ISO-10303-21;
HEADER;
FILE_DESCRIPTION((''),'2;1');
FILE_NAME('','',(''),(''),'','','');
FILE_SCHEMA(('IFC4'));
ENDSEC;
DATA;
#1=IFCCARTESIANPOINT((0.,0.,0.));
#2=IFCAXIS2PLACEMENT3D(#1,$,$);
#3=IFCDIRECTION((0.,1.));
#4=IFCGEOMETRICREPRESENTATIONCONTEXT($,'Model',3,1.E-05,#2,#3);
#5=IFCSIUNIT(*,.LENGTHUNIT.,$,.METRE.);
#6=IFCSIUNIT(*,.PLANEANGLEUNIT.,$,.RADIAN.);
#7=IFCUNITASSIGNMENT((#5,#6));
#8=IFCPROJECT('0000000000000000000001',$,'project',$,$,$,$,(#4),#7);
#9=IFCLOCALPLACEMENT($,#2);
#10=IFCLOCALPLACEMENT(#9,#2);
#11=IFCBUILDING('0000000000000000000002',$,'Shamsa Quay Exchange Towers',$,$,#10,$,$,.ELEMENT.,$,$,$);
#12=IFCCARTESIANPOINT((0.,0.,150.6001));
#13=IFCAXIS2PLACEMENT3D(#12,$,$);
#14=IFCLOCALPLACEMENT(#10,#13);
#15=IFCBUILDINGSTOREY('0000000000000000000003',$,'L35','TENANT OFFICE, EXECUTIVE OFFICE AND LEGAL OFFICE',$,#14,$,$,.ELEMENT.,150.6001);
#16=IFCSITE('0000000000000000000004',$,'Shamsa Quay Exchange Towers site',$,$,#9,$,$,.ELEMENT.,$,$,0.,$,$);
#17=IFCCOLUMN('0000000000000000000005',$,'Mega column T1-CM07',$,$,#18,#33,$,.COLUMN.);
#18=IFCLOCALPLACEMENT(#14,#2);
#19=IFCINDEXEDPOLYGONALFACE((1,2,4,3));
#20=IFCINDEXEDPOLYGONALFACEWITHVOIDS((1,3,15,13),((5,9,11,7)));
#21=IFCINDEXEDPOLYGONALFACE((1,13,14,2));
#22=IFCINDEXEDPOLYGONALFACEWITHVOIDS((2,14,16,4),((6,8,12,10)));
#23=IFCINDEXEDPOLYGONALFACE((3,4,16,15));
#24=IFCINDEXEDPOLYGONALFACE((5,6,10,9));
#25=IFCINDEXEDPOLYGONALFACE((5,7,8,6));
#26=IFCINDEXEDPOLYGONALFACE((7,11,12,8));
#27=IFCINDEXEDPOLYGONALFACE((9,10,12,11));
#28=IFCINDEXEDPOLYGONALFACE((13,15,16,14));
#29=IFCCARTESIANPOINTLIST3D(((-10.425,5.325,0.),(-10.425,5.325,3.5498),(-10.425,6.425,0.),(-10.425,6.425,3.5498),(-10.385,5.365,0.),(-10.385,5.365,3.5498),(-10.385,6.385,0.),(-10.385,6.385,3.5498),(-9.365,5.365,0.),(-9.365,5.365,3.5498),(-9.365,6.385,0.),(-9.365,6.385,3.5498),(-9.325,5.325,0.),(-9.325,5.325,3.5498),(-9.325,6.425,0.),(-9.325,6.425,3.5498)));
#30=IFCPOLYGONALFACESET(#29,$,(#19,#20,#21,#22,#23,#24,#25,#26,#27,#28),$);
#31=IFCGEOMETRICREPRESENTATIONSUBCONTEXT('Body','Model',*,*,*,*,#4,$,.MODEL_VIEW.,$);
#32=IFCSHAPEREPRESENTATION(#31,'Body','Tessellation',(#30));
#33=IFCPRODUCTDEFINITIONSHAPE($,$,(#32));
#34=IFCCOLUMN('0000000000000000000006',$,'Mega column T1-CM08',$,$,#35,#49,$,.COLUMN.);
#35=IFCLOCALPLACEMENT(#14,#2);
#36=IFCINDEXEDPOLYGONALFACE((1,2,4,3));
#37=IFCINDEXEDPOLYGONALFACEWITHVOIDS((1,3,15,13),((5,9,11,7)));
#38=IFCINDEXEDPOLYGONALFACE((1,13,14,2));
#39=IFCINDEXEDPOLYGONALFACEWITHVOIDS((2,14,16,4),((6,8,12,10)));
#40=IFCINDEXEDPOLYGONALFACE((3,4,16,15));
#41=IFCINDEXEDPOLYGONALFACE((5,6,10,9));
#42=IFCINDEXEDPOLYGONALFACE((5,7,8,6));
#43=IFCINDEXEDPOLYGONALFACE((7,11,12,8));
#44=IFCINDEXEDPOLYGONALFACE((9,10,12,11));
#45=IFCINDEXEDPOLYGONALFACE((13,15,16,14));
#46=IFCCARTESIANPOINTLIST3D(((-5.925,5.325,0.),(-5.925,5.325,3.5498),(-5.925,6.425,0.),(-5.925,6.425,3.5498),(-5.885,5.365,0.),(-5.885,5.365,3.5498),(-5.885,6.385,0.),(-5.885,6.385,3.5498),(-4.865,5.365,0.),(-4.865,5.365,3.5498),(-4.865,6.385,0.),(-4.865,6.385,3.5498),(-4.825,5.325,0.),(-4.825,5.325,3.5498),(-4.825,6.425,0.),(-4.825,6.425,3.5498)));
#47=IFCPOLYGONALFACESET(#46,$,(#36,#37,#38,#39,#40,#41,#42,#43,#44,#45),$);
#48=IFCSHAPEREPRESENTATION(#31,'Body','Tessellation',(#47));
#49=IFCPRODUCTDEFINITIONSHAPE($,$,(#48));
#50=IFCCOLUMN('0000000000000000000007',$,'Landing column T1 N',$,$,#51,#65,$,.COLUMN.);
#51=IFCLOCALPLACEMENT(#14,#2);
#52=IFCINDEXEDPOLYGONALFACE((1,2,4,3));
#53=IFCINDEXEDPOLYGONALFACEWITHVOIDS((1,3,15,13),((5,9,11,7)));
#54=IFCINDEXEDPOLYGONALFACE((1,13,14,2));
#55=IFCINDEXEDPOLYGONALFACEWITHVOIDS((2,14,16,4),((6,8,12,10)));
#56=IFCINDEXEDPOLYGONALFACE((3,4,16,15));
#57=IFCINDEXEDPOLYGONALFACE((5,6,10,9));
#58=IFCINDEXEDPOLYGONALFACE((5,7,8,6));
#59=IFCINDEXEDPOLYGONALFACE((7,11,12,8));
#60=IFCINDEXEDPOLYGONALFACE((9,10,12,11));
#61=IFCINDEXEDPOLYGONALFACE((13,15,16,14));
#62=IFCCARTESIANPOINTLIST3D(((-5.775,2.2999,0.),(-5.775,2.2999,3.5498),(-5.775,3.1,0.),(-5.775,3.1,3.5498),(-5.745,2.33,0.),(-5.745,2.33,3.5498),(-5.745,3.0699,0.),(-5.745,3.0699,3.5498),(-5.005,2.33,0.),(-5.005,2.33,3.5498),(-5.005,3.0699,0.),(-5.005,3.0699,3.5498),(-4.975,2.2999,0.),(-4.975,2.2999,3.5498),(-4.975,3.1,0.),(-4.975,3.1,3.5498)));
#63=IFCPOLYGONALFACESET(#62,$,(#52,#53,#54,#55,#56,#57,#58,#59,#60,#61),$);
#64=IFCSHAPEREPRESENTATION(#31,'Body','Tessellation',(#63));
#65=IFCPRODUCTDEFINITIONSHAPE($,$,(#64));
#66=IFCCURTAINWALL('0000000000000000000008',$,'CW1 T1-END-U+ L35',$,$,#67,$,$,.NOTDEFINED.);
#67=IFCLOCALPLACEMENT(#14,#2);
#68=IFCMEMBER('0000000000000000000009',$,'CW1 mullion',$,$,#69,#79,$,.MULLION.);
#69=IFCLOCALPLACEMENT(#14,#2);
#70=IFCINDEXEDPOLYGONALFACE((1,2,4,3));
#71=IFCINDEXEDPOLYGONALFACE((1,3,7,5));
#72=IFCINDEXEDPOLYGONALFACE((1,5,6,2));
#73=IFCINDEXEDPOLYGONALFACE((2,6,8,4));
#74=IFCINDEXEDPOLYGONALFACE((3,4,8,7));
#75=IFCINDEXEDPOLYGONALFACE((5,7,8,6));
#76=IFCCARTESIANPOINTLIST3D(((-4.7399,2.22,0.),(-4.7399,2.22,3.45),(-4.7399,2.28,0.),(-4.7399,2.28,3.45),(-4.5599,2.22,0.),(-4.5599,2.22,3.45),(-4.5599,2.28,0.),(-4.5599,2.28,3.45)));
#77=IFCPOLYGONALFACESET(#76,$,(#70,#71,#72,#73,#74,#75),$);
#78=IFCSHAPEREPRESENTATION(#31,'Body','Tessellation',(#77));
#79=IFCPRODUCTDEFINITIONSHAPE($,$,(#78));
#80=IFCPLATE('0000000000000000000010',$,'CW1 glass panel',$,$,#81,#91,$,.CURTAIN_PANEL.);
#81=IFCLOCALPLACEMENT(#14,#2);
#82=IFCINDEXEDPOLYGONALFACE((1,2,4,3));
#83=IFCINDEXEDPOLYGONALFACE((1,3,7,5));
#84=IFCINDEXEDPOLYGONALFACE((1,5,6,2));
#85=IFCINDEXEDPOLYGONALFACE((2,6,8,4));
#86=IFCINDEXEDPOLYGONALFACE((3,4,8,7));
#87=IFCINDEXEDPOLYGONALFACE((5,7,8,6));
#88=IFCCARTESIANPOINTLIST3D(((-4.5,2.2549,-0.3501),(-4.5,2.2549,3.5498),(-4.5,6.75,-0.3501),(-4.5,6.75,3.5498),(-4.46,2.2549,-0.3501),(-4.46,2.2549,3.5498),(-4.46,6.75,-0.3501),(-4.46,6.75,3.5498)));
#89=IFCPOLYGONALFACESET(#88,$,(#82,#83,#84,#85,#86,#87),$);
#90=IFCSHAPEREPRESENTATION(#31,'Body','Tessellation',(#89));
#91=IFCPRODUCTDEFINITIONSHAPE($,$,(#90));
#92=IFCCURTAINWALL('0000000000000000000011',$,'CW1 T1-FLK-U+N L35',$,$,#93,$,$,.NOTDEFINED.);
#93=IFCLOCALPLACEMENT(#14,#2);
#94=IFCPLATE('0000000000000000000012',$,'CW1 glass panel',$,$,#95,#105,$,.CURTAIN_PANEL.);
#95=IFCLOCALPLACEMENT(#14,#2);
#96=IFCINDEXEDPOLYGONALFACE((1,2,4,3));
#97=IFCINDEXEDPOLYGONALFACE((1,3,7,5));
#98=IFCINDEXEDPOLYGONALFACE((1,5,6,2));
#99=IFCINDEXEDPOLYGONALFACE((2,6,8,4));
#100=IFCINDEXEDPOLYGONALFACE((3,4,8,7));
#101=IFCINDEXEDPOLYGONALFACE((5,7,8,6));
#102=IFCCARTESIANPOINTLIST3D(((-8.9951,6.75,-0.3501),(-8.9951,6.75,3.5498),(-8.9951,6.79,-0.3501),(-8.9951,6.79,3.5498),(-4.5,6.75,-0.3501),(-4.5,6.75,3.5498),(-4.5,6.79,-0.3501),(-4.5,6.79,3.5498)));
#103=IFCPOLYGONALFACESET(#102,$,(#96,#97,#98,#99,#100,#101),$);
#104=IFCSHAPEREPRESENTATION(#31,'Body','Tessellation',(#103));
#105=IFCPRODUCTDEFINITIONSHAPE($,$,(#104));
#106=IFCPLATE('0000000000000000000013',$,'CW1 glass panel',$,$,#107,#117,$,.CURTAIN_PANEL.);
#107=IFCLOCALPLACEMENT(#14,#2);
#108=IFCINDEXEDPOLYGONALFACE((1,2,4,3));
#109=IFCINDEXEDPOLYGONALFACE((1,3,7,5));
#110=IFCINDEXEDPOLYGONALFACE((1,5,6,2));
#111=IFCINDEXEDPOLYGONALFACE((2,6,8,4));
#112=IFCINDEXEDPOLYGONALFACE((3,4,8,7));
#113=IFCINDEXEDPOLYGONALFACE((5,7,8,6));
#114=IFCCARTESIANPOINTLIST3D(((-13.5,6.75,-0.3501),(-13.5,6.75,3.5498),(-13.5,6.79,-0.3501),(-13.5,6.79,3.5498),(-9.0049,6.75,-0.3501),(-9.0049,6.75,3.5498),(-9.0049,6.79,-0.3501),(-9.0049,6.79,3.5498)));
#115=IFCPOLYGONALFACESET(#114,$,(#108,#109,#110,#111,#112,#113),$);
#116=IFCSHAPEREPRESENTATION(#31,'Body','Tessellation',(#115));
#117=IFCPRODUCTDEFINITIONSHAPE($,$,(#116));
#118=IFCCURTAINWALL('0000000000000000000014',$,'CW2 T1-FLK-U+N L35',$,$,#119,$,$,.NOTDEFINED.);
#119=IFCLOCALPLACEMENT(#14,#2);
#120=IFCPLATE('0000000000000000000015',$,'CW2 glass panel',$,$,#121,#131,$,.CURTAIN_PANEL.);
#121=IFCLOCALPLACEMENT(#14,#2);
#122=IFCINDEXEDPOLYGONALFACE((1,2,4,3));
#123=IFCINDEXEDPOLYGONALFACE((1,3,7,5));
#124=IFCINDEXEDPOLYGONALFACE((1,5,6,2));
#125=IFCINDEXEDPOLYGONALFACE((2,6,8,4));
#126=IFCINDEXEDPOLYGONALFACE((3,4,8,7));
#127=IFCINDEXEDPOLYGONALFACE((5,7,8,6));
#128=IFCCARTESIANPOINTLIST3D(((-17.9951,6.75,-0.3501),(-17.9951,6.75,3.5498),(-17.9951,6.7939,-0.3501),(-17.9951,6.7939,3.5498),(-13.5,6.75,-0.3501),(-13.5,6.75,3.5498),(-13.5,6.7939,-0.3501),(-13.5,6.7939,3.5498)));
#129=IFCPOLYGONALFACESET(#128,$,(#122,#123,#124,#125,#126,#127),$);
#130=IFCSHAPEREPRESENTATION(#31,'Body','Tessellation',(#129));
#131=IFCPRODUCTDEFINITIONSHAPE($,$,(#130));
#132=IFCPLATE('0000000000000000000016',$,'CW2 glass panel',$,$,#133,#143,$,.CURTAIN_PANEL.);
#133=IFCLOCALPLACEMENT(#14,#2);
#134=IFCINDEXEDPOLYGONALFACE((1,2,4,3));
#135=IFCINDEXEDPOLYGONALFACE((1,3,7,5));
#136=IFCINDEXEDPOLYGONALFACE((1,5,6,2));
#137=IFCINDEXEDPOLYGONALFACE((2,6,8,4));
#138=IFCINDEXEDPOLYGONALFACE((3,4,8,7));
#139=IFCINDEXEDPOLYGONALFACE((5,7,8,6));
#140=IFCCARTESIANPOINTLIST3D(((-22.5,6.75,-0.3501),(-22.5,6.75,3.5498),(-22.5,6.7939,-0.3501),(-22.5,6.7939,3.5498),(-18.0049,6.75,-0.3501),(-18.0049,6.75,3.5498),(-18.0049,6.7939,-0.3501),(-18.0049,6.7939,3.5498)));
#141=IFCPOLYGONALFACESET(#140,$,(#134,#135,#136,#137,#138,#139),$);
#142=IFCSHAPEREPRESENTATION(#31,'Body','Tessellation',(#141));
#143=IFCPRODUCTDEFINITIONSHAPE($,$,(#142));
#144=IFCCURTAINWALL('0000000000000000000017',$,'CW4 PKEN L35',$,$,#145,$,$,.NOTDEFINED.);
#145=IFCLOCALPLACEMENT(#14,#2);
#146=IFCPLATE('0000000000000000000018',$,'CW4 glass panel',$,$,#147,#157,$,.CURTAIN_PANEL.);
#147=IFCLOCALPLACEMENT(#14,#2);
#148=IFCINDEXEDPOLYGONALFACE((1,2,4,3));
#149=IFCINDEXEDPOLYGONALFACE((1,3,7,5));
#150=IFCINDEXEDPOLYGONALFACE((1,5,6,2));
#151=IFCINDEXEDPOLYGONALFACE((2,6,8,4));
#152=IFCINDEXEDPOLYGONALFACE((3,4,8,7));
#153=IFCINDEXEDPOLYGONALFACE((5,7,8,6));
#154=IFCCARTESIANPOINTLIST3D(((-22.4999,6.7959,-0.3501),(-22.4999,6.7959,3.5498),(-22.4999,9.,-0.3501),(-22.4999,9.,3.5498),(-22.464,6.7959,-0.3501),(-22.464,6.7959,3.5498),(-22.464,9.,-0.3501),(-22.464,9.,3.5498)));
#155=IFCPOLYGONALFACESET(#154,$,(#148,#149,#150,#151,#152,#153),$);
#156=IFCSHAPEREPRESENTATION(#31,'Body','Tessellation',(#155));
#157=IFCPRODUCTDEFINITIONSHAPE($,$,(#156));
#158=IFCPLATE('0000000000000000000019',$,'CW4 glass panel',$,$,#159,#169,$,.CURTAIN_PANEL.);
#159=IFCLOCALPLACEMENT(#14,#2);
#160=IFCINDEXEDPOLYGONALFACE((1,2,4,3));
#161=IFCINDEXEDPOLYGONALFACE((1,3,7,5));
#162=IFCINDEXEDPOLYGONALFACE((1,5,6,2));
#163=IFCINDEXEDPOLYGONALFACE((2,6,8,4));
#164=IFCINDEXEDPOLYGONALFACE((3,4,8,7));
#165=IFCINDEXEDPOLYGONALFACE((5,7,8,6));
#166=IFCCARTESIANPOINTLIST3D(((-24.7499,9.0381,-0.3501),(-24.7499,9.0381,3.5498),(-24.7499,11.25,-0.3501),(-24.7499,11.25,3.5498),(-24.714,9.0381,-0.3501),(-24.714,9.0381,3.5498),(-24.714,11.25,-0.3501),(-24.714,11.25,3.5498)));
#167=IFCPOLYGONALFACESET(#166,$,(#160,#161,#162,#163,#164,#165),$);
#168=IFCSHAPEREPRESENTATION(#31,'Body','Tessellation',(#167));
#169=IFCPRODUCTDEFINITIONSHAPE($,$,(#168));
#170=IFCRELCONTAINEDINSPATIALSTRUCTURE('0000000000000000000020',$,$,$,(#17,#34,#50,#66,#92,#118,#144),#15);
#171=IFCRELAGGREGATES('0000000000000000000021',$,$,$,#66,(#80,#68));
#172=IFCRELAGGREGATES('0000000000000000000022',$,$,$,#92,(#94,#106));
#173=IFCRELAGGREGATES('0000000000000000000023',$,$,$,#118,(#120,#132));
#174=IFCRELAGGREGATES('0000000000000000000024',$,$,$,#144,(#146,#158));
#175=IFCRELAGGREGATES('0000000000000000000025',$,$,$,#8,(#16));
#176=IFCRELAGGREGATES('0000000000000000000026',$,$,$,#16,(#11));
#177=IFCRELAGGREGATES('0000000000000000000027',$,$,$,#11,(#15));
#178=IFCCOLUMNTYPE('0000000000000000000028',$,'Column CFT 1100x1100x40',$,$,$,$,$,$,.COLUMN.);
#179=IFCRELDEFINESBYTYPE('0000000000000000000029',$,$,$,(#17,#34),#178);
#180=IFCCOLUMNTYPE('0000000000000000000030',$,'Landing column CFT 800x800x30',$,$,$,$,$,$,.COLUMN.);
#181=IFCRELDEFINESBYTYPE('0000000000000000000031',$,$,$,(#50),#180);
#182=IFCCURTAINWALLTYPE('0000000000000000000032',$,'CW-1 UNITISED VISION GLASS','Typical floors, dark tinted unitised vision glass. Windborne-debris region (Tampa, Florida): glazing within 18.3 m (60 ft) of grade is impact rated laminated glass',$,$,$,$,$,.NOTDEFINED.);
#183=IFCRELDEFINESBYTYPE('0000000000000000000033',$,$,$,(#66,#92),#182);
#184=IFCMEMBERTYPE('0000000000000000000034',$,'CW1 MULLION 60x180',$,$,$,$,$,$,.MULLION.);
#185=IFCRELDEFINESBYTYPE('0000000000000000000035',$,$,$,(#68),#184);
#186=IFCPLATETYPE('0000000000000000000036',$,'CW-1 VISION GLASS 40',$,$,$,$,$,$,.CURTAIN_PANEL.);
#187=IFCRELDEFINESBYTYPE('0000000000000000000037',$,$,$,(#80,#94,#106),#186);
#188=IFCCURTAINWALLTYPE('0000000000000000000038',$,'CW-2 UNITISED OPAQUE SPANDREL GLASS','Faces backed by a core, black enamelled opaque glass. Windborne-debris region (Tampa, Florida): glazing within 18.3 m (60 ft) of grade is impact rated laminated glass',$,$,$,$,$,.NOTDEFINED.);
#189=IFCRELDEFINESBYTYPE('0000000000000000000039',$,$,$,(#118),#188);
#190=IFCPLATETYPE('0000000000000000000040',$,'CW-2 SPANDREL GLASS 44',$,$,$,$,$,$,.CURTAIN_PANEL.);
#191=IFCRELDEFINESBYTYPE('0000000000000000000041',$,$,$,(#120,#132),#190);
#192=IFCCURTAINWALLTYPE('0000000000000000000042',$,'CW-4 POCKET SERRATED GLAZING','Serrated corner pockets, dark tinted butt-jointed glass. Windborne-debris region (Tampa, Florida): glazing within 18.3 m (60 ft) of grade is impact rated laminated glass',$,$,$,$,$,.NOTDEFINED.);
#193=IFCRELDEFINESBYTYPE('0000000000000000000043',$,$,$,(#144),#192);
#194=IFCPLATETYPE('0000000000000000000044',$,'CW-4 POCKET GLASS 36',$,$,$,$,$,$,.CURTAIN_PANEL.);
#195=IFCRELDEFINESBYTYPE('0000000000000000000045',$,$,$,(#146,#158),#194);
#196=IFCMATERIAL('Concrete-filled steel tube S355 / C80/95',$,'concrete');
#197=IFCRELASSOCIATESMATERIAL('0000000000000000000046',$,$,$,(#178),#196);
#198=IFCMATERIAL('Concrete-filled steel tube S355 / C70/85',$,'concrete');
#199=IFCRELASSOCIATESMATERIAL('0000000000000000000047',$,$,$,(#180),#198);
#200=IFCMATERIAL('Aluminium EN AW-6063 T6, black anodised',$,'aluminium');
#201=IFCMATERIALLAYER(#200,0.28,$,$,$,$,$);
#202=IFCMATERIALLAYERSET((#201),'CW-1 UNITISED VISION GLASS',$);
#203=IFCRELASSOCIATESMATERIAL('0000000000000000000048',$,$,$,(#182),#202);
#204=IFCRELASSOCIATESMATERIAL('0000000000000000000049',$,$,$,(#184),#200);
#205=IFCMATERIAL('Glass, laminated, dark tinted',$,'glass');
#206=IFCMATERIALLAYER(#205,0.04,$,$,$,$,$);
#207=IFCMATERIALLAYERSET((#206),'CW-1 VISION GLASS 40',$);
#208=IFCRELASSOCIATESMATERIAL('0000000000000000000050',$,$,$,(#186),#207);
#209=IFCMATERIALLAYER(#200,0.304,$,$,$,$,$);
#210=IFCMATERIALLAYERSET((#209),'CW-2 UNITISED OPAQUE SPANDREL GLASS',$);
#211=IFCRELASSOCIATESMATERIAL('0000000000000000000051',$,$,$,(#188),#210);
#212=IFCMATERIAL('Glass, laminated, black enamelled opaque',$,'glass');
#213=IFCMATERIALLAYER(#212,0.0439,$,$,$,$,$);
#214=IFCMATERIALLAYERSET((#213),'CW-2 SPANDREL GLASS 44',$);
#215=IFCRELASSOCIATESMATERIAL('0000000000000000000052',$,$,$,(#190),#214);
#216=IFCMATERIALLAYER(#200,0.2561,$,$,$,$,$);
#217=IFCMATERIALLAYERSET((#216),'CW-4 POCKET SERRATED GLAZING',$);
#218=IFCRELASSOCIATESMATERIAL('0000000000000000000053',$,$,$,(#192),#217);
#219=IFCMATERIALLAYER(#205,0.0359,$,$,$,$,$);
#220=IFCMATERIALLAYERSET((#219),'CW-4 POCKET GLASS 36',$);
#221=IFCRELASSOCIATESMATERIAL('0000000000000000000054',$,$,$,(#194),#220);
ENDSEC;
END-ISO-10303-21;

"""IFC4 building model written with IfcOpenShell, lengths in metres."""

from ifc_helpers import new_model, si_unit, direction, frame, origin, origin_2d, place, context, subcontext, project, spatial, rectangle, hollow_rectangle, extrude, material, layer, layer_set, material_profile, profile_set, type_object, element, aggregate, save


model = new_model("IFC4")

# Units and contexts
model_context = context("Model", 3, precision=1e-05, world=origin(), true_north=direction((0.0, 1.0)))
body_context = subcontext(model_context, "Body", "Model", "MODEL_VIEW")
ifc_project = project(units=[si_unit("LENGTHUNIT", "METRE"), si_unit("PLANEANGLEUNIT", "RADIAN")], contexts=[model_context])

# Site, building, storey
site_placement = place(None, origin())
site = spatial("IfcSite", under=ifc_project, at=site_placement, Name="Shamsa Quay Exchange Towers site", CompositionType="ELEMENT", RefElevation=0.0)
building_placement = place(site_placement, origin())
building = spatial("IfcBuilding", under=site, at=building_placement, Name="Shamsa Quay Exchange Towers", CompositionType="ELEMENT")
storey_placement = place(building_placement, frame((0.0, 0.0, 150.6001)))
storey = spatial("IfcBuildingStorey", under=building, at=storey_placement, Name="L35", Description="TENANT OFFICE, EXECUTIVE OFFICE AND LEGAL OFFICE", CompositionType="ELEMENT", Elevation=150.6001)

# Columns
ifc_material_1 = material(Name="Concrete-filled steel tube S355 / C80/95", Category="concrete")
ifc_material_profile_1 = material_profile(ifc_material_1, hollow_rectangle(XDim=1.1001, YDim=1.1001, WallThickness=0.04, at=origin_2d()), Name="CFT 1100x1100x40")
ifc_profile_set_1 = profile_set([ifc_material_profile_1], Name="Concrete-filled steel tube S355 / C80/95")
column_type_1 = type_object("IfcColumnType", Name="Column CFT 1100x1100x40", PredefinedType="COLUMN", material=ifc_profile_set_1)
for number, where, name in (
    (1, (-9.875, 5.875, 0.0), "Mega column T1-CM07"),
    (2, (-5.375, 5.875, 0.0), "Mega column T1-CM08"),
):
    element("IfcColumn", number, at=place(storey_placement, frame(where)), inside=storey, type_object=column_type_1, Name=name, PredefinedType="COLUMN", context=body_context, shape_type="SweptSolid", body=[
        extrude(hollow_rectangle(XDim=1.1001, YDim=1.1001, WallThickness=0.04, at=origin_2d()), origin(), (0.0, 0.0, 1.0), 3.5498),
    ])
ifc_material_2 = material(Name="Concrete-filled steel tube S355 / C70/85", Category="concrete")
ifc_material_profile_2 = material_profile(ifc_material_2, hollow_rectangle(XDim=0.8, YDim=0.8, WallThickness=0.03, at=origin_2d()), Name="CFT 800x800x30")
ifc_profile_set_2 = profile_set([ifc_material_profile_2], Name="Concrete-filled steel tube S355 / C70/85")
column_type_2 = type_object("IfcColumnType", Name="Landing column CFT 800x800x30", PredefinedType="COLUMN", material=ifc_profile_set_2)
column_placement = place(storey_placement, frame((-5.375, 2.7, 0.0)))
element("IfcColumn", 3, at=column_placement, inside=storey, type_object=column_type_2, Name="Landing column T1 N", PredefinedType="COLUMN", context=body_context, shape_type="SweptSolid", body=[
    extrude(hollow_rectangle(XDim=0.8, YDim=0.8, WallThickness=0.03, at=origin_2d()), origin(), (0.0, 0.0, 1.0), 3.5498),
])

# Curtain wall, member, plate
ifc_material_3 = material(Name="Aluminium EN AW-6063 T6, black anodised", Category="aluminium")
ifc_layer_1 = layer(ifc_material_3, 0.28)
ifc_layer_set_1 = layer_set([ifc_layer_1], Name="CW-1 UNITISED VISION GLASS")
curtain_wall_type_1 = type_object("IfcCurtainWallType", Name="CW-1 UNITISED VISION GLASS", Description="Typical floors, dark tinted unitised vision glass. Windborne-debris region (Tampa, Florida): glazing within 18.3 m (60 ft) of grade is impact rated laminated glass", PredefinedType="NOTDEFINED", material=ifc_layer_set_1)
curtain_wall_1_placement = place(storey_placement, origin())
curtain_wall_1 = element("IfcCurtainWall", 4, at=curtain_wall_1_placement, inside=storey, type_object=curtain_wall_type_1, Name="CW1 T1-END-U+ L35", PredefinedType="NOTDEFINED")
ifc_material_profile_3 = material_profile(ifc_material_3, rectangle(XDim=0.1799, YDim=0.0601, at=origin_2d()), Name="MU60x180")
ifc_profile_set_3 = profile_set([ifc_material_profile_3], Name="Aluminium EN AW-6063 T6, black anodised")
member_type = type_object("IfcMemberType", Name="CW1 MULLION 60x180", PredefinedType="MULLION", material=ifc_profile_set_3)
member_placement = place(storey_placement, frame((-4.6499, 2.25, 0.0), z_axis=(0.0, 0.0, 1.0), x_axis=(-1.0, 0.0, 0.0)))
member = element("IfcMember", 5, at=member_placement, type_object=member_type, Name="CW1 mullion", PredefinedType="MULLION", context=body_context, shape_type="SweptSolid", body=[
    extrude(rectangle(XDim=0.1799, YDim=0.0601, at=origin_2d()), origin(), (0.0, 0.0, 1.0), 3.45),
])
ifc_material_4 = material(Name="Glass, laminated, dark tinted", Category="glass")
ifc_layer_2 = layer(ifc_material_4, 0.04)
ifc_layer_set_2 = layer_set([ifc_layer_2], Name="CW-1 VISION GLASS 40")
plate_type_1 = type_object("IfcPlateType", Name="CW-1 VISION GLASS 40", PredefinedType="CURTAIN_PANEL", material=ifc_layer_set_2)
plate_1_placement = place(storey_placement, frame((-4.48, 4.5024, -0.3501), z_axis=(0.0, 0.0, 1.0), x_axis=(0.0, 1.0, 0.0)))
plate_1 = element("IfcPlate", 6, at=plate_1_placement, type_object=plate_type_1, Name="CW1 glass panel", PredefinedType="CURTAIN_PANEL", context=body_context, shape_type="SweptSolid", body=[
    extrude(rectangle(XDim=4.4951, YDim=0.04, at=origin_2d()), origin(), (0.0, 0.0, 1.0), 3.8999),
])
aggregate(curtain_wall_1, [plate_1, member])

# Curtain walls, plates
curtain_wall_2_placement = place(storey_placement, origin())
curtain_wall_2 = element("IfcCurtainWall", 7, at=curtain_wall_2_placement, inside=storey, type_object=curtain_wall_type_1, Name="CW1 T1-FLK-U+N L35", PredefinedType="NOTDEFINED")
plate_2_placement = place(storey_placement, frame((-6.7476, 6.77, -0.3501), z_axis=(0.0, 0.0, 1.0), x_axis=(-1.0, 0.0, 0.0)))
plate_2 = element("IfcPlate", 8, at=plate_2_placement, type_object=plate_type_1, Name="CW1 glass panel", PredefinedType="CURTAIN_PANEL", context=body_context, shape_type="SweptSolid", body=[
    extrude(rectangle(XDim=4.4951, YDim=0.04, at=origin_2d()), origin(), (0.0, 0.0, 1.0), 3.8999),
])
plate_3_placement = place(storey_placement, frame((-11.2524, 6.77, -0.3501), z_axis=(0.0, 0.0, 1.0), x_axis=(-1.0, 0.0, 0.0)))
plate_3 = element("IfcPlate", 9, at=plate_3_placement, type_object=plate_type_1, Name="CW1 glass panel", PredefinedType="CURTAIN_PANEL", context=body_context, shape_type="SweptSolid", body=[
    extrude(rectangle(XDim=4.4951, YDim=0.04, at=origin_2d()), origin(), (0.0, 0.0, 1.0), 3.8999),
])
aggregate(curtain_wall_2, [plate_2, plate_3])
ifc_layer_3 = layer(ifc_material_3, 0.304)
ifc_layer_set_3 = layer_set([ifc_layer_3], Name="CW-2 UNITISED OPAQUE SPANDREL GLASS")
curtain_wall_type_2 = type_object("IfcCurtainWallType", Name="CW-2 UNITISED OPAQUE SPANDREL GLASS", Description="Faces backed by a core, black enamelled opaque glass. Windborne-debris region (Tampa, Florida): glazing within 18.3 m (60 ft) of grade is impact rated laminated glass", PredefinedType="NOTDEFINED", material=ifc_layer_set_3)
curtain_wall_3_placement = place(storey_placement, origin())
curtain_wall_3 = element("IfcCurtainWall", 10, at=curtain_wall_3_placement, inside=storey, type_object=curtain_wall_type_2, Name="CW2 T1-FLK-U+N L35", PredefinedType="NOTDEFINED")
ifc_material_5 = material(Name="Glass, laminated, black enamelled opaque", Category="glass")
ifc_layer_4 = layer(ifc_material_5, 0.0439)
ifc_layer_set_4 = layer_set([ifc_layer_4], Name="CW-2 SPANDREL GLASS 44")
plate_type_2 = type_object("IfcPlateType", Name="CW-2 SPANDREL GLASS 44", PredefinedType="CURTAIN_PANEL", material=ifc_layer_set_4)
plate_4_placement = place(storey_placement, frame((-15.7476, 6.772, -0.3501), z_axis=(0.0, 0.0, 1.0), x_axis=(-1.0, 0.0, 0.0)))
plate_4 = element("IfcPlate", 11, at=plate_4_placement, type_object=plate_type_2, Name="CW2 glass panel", PredefinedType="CURTAIN_PANEL", context=body_context, shape_type="SweptSolid", body=[
    extrude(rectangle(XDim=4.4951, YDim=0.0439, at=origin_2d()), origin(), (0.0, 0.0, 1.0), 3.8999),
])
plate_5_placement = place(storey_placement, frame((-20.2524, 6.772, -0.3501), z_axis=(0.0, 0.0, 1.0), x_axis=(-1.0, 0.0, 0.0)))
plate_5 = element("IfcPlate", 12, at=plate_5_placement, type_object=plate_type_2, Name="CW2 glass panel", PredefinedType="CURTAIN_PANEL", context=body_context, shape_type="SweptSolid", body=[
    extrude(rectangle(XDim=4.4951, YDim=0.0439, at=origin_2d()), origin(), (0.0, 0.0, 1.0), 3.8999),
])
aggregate(curtain_wall_3, [plate_4, plate_5])
ifc_layer_5 = layer(ifc_material_3, 0.2561)
ifc_layer_set_5 = layer_set([ifc_layer_5], Name="CW-4 POCKET SERRATED GLAZING")
curtain_wall_type_3 = type_object("IfcCurtainWallType", Name="CW-4 POCKET SERRATED GLAZING", Description="Serrated corner pockets, dark tinted butt-jointed glass. Windborne-debris region (Tampa, Florida): glazing within 18.3 m (60 ft) of grade is impact rated laminated glass", PredefinedType="NOTDEFINED", material=ifc_layer_set_5)
curtain_wall_4_placement = place(storey_placement, origin())
curtain_wall_4 = element("IfcCurtainWall", 13, at=curtain_wall_4_placement, inside=storey, type_object=curtain_wall_type_3, Name="CW4 PKEN L35", PredefinedType="NOTDEFINED")
ifc_layer_6 = layer(ifc_material_4, 0.0359)
ifc_layer_set_6 = layer_set([ifc_layer_6], Name="CW-4 POCKET GLASS 36")
plate_type_3 = type_object("IfcPlateType", Name="CW-4 POCKET GLASS 36", PredefinedType="CURTAIN_PANEL", material=ifc_layer_set_6)
plate_6_placement = place(storey_placement, frame((-22.4819, 7.8979, -0.3501), z_axis=(0.0, 0.0, 1.0), x_axis=(0.0, 1.0, 0.0)))
plate_6 = element("IfcPlate", 14, at=plate_6_placement, type_object=plate_type_3, Name="CW4 glass panel", PredefinedType="CURTAIN_PANEL", context=body_context, shape_type="SweptSolid", body=[
    extrude(rectangle(XDim=2.2041, YDim=0.0359, at=origin_2d()), origin(), (0.0, 0.0, 1.0), 3.8999),
])
plate_7_placement = place(storey_placement, frame((-24.7319, 10.144, -0.3501), z_axis=(0.0, 0.0, 1.0), x_axis=(0.0, 1.0, 0.0)))
plate_7 = element("IfcPlate", 15, at=plate_7_placement, type_object=plate_type_3, Name="CW4 glass panel", PredefinedType="CURTAIN_PANEL", context=body_context, shape_type="SweptSolid", body=[
    extrude(rectangle(XDim=2.2119, YDim=0.0359, at=origin_2d()), origin(), (0.0, 0.0, 1.0), 3.8999),
])
aggregate(curtain_wall_4, [plate_6, plate_7])

save(model, "model.ifc")
